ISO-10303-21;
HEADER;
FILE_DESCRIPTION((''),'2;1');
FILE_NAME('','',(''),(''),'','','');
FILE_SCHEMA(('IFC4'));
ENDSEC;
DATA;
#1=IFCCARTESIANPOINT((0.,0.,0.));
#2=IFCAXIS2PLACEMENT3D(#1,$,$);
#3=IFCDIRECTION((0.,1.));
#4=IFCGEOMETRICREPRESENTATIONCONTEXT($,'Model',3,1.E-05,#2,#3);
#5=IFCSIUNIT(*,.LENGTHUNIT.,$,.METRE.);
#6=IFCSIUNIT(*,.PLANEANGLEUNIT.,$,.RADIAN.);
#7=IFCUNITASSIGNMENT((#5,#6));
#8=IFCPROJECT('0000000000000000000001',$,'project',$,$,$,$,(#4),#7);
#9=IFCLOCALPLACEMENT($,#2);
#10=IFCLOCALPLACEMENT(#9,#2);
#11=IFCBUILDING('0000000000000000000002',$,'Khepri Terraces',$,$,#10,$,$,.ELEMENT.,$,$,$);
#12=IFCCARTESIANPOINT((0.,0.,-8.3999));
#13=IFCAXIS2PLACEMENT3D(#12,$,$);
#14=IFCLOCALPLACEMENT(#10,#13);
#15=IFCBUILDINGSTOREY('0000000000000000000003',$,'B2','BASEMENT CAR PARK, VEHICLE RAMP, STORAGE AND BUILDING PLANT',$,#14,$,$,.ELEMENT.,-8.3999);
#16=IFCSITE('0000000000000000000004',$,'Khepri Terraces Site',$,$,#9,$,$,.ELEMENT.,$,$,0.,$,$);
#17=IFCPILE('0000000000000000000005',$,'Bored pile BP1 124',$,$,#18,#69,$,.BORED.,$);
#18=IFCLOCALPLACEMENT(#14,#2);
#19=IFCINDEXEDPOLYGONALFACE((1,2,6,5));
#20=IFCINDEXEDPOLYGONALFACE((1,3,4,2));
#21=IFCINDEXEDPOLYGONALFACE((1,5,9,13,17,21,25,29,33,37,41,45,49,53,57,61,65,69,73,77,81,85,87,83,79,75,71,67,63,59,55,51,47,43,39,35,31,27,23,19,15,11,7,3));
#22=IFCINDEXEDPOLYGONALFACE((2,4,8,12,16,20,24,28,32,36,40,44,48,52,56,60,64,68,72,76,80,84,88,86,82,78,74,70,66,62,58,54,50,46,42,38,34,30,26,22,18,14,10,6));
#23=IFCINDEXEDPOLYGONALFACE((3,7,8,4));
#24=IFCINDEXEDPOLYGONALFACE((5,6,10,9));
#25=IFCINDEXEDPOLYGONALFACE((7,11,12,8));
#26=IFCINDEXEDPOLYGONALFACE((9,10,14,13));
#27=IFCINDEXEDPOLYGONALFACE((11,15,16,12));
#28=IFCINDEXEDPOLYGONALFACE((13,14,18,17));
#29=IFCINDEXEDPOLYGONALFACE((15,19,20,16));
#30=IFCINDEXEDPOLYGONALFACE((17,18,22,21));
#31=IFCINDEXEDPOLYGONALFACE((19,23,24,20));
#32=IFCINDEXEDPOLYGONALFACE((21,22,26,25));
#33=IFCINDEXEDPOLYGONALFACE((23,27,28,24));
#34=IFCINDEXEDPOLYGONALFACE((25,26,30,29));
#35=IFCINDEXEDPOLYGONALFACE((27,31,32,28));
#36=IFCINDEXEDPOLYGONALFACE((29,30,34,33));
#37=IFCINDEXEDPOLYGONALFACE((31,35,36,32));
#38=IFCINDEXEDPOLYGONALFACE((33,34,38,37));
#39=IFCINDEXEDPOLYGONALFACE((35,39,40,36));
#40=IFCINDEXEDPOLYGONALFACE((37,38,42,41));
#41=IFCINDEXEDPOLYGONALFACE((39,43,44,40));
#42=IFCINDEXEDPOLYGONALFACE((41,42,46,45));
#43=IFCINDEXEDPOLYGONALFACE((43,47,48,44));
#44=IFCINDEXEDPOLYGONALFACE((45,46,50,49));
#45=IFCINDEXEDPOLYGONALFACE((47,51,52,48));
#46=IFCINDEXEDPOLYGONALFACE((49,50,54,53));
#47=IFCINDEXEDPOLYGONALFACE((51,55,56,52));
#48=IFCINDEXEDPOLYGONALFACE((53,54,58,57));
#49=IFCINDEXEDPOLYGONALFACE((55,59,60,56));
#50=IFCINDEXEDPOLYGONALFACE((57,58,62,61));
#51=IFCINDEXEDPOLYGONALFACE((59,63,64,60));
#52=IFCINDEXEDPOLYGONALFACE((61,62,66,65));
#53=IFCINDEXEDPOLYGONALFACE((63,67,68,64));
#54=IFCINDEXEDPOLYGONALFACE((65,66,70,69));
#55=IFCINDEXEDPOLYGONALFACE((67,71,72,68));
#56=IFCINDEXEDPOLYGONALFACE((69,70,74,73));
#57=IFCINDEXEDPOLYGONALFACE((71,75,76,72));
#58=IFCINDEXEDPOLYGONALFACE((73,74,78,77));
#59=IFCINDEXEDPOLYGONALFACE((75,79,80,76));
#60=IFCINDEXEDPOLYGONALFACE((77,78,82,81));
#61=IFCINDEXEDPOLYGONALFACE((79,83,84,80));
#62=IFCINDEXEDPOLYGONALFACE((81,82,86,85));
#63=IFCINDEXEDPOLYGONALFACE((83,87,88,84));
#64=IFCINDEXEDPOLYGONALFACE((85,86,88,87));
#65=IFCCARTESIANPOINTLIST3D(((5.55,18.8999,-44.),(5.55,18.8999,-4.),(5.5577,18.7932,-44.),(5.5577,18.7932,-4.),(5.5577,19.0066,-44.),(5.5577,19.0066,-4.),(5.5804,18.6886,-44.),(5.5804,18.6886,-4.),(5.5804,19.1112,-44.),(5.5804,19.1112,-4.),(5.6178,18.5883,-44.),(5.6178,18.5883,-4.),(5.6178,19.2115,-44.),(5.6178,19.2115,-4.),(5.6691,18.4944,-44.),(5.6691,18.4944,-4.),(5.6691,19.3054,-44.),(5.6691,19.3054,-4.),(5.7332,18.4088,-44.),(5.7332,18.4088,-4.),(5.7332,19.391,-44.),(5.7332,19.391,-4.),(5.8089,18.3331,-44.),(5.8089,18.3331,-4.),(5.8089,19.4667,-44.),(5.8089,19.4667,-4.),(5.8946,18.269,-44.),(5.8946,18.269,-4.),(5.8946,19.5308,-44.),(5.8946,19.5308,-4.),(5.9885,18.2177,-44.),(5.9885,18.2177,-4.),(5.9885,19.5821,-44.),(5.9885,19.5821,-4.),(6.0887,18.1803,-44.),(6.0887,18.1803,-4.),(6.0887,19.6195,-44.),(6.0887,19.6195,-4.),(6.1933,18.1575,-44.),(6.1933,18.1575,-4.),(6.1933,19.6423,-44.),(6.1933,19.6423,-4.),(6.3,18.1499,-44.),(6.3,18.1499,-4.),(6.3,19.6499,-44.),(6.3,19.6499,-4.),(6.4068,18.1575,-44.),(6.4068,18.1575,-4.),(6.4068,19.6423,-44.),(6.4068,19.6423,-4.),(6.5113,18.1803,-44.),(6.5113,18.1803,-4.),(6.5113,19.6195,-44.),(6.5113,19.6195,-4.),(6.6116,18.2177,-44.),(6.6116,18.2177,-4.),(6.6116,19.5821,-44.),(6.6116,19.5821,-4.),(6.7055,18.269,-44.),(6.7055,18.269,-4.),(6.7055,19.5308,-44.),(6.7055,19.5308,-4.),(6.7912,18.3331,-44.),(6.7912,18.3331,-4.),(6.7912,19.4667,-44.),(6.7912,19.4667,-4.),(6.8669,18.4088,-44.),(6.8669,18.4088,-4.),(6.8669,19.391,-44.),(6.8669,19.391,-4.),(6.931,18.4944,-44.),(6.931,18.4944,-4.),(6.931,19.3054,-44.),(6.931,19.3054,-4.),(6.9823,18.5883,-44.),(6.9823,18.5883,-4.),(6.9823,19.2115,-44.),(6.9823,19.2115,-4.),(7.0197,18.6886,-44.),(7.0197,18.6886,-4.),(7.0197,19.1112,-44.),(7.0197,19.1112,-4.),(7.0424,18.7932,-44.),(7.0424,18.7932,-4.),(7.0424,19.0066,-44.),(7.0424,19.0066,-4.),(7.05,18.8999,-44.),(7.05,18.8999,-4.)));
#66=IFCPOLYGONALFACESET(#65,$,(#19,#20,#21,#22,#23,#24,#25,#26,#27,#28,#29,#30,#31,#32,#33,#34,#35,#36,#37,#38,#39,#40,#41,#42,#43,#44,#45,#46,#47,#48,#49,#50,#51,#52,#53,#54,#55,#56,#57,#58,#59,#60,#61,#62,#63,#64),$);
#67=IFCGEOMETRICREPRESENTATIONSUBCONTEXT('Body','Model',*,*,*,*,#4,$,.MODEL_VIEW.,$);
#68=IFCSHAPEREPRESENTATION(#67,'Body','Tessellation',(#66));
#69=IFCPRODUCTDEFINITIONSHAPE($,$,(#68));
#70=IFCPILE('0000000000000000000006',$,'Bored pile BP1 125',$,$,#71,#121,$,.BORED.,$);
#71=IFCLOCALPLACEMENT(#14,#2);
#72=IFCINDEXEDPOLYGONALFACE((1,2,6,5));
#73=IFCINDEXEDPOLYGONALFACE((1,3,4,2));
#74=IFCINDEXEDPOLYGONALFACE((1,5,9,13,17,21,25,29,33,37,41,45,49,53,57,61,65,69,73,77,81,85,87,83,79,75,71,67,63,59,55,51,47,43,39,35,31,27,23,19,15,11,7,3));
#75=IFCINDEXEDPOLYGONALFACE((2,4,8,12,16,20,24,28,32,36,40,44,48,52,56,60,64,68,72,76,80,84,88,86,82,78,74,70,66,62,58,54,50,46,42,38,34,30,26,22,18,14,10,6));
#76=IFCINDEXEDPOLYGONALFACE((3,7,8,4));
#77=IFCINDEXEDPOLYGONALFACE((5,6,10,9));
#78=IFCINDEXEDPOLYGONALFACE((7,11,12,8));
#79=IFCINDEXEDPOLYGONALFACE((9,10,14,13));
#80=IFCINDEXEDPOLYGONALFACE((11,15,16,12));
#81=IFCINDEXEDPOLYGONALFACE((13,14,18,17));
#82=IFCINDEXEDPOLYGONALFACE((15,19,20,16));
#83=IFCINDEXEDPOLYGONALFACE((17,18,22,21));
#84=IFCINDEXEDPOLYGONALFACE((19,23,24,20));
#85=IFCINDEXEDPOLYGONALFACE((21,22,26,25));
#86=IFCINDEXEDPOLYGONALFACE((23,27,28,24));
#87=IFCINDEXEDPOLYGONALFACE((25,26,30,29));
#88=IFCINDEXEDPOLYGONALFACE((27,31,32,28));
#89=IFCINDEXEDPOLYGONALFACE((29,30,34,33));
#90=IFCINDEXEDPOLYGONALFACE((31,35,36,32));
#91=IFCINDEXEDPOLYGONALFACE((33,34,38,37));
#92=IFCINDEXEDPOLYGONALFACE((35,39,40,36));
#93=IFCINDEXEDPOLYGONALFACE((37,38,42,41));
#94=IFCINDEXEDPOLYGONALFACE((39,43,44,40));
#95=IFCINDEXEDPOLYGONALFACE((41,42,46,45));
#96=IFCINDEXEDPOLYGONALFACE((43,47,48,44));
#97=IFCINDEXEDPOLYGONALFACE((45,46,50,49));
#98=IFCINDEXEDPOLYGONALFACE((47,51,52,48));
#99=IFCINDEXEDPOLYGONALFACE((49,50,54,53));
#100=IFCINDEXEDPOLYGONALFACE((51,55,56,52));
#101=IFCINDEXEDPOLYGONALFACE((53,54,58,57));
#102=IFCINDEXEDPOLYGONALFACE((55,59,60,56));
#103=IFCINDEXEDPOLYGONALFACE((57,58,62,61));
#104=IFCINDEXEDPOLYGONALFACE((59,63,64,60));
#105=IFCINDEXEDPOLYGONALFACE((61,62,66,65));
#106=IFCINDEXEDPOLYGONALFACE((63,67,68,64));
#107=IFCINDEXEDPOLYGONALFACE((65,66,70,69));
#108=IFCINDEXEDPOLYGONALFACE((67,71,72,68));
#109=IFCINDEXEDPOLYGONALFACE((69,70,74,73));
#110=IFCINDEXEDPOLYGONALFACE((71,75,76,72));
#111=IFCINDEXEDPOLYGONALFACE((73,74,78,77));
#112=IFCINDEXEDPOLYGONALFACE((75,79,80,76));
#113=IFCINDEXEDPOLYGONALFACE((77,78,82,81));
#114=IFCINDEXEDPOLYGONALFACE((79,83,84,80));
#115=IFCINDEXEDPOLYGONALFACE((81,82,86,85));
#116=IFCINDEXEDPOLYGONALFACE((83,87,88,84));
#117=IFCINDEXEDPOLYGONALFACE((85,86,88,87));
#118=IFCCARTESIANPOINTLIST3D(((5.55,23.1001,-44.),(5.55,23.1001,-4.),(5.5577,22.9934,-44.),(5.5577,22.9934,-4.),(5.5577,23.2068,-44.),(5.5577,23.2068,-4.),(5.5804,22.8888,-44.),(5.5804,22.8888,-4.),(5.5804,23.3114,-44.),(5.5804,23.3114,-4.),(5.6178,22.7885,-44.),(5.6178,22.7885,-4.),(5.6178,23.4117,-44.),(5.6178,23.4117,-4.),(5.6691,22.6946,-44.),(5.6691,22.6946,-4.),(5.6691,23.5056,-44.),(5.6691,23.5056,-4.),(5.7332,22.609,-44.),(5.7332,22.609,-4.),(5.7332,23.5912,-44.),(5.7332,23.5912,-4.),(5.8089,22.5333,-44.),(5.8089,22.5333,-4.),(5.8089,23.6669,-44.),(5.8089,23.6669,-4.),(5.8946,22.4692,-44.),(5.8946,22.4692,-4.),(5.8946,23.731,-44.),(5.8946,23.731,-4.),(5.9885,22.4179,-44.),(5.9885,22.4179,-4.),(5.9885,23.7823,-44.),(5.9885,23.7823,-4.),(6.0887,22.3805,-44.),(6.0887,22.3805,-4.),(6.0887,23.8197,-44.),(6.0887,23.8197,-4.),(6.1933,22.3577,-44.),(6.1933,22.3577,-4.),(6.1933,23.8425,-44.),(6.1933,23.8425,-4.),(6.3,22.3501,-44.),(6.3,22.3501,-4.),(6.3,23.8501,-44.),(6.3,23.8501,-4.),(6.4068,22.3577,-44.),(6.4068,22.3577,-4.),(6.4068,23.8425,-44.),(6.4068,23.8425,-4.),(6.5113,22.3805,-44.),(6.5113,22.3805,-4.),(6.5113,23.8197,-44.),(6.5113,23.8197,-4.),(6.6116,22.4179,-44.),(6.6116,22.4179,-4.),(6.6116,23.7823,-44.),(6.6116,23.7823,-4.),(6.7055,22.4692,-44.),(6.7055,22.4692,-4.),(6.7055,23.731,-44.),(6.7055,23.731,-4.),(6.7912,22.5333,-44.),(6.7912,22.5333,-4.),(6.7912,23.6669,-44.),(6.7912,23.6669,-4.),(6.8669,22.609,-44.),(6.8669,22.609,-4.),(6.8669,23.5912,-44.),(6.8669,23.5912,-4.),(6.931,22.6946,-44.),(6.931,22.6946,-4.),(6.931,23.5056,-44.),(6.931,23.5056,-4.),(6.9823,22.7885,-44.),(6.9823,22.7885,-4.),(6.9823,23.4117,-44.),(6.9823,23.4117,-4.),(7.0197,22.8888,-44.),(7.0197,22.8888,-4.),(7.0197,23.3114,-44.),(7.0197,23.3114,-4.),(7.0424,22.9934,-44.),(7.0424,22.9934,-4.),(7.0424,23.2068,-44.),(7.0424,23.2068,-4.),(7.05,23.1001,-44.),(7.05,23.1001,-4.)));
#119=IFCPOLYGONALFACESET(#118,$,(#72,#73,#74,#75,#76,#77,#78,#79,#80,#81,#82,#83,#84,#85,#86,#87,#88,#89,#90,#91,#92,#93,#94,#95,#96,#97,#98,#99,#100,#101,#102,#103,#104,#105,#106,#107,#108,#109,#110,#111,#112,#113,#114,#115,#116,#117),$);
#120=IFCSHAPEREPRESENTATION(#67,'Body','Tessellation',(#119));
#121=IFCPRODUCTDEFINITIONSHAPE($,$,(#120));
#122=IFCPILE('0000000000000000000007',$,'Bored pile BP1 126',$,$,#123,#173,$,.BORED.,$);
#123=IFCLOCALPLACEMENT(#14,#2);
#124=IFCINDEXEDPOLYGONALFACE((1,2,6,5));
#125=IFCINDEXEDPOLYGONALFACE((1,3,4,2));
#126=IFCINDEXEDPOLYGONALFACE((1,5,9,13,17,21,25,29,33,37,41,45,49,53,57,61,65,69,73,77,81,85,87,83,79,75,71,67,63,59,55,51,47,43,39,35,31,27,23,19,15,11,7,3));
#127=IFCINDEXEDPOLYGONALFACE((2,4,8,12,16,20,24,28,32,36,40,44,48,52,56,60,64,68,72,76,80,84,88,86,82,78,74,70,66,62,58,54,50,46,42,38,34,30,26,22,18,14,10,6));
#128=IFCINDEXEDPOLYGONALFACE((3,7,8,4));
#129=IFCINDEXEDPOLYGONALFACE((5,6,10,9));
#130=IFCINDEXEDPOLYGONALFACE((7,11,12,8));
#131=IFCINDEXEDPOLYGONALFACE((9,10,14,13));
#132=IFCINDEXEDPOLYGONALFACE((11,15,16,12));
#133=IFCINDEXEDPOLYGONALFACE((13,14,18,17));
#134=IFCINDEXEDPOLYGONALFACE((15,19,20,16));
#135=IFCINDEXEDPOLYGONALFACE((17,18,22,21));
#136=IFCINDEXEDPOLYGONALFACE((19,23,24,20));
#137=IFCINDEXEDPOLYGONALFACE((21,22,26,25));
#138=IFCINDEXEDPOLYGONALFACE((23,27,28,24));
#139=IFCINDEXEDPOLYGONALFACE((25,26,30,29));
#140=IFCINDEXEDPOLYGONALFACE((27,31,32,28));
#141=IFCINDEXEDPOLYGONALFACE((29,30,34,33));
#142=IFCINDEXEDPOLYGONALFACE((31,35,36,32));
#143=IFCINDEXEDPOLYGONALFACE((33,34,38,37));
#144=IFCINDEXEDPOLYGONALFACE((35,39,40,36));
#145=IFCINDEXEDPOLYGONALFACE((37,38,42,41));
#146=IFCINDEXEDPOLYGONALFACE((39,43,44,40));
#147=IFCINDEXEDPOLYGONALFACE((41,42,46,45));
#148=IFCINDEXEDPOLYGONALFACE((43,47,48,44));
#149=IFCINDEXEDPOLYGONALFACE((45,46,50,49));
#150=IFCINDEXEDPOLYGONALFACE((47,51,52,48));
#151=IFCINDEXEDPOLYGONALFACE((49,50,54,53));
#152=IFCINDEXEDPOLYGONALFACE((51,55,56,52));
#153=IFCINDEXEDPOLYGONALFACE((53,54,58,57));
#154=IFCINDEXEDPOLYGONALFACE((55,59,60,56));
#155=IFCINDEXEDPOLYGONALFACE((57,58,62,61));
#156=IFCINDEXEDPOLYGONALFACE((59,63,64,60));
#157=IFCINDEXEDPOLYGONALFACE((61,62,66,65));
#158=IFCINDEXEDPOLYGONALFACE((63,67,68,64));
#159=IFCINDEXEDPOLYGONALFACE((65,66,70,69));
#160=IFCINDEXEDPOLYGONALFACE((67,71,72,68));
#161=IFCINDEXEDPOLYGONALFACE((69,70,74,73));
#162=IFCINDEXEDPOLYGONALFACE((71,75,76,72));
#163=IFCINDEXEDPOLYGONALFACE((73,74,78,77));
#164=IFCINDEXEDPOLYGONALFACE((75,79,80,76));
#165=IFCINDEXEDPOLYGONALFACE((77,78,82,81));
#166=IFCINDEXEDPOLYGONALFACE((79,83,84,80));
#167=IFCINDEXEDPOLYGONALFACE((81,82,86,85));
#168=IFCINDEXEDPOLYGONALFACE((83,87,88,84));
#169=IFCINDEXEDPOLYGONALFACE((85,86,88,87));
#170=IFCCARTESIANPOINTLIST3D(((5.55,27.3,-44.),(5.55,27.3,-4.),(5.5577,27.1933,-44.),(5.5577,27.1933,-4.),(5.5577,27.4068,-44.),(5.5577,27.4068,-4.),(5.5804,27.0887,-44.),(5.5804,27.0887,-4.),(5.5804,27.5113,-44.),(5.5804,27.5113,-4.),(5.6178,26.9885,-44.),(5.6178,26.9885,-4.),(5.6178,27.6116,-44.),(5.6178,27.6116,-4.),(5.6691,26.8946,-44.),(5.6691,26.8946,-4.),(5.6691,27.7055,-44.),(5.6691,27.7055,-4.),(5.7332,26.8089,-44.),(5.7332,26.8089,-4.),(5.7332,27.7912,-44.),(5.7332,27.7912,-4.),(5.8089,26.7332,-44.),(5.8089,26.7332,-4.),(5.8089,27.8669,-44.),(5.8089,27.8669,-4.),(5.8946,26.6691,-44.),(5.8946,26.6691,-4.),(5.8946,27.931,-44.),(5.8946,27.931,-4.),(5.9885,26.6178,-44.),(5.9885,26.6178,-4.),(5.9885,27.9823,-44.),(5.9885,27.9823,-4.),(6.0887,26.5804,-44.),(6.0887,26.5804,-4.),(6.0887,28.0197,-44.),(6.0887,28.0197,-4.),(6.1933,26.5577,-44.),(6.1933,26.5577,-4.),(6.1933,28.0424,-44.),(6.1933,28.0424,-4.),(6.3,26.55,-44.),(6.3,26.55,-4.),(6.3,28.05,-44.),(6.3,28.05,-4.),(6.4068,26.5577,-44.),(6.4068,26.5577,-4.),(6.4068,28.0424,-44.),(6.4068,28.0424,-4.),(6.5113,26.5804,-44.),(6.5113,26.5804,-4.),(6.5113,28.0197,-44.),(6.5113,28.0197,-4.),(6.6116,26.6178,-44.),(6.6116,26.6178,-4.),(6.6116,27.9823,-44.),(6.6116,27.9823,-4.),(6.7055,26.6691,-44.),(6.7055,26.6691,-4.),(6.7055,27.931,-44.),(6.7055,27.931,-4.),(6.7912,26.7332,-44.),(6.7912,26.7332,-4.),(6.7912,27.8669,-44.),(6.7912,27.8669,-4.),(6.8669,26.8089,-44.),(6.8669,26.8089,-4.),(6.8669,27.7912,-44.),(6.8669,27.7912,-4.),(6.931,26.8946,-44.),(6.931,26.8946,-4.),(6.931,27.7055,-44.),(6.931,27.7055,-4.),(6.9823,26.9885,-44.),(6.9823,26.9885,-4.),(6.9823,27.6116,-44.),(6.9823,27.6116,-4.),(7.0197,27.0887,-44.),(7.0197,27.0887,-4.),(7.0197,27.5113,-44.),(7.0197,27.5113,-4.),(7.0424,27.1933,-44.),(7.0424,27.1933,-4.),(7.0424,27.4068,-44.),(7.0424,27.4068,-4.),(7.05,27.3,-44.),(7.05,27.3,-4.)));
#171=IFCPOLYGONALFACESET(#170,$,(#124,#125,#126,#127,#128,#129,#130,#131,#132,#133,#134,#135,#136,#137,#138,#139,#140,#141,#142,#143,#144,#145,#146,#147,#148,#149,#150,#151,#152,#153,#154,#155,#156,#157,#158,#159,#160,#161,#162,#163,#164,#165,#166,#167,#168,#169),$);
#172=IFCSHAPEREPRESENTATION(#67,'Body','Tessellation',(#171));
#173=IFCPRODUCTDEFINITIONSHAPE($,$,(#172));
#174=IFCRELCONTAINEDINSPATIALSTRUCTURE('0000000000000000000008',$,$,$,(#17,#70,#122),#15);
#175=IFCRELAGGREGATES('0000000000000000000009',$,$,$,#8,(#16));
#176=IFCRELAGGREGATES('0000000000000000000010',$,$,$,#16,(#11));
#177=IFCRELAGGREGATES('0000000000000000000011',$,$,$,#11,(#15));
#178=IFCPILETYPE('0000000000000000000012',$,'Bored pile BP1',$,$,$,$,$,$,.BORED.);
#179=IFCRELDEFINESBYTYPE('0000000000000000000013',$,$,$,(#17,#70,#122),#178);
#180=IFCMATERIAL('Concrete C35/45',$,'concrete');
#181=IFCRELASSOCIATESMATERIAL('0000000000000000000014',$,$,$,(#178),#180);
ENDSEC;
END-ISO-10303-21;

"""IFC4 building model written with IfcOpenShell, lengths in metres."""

from ifc_helpers import new_model, si_unit, direction, frame, origin, origin_2d, place, context, subcontext, project, spatial, circle, extrude, material, material_profile, profile_set, type_object, element, save


model = new_model("IFC4")

# Units and contexts
model_context = context("Model", 3, precision=1e-05, world=origin(), true_north=direction((0.0, 1.0)))
body_context = subcontext(model_context, "Body", "Model", "MODEL_VIEW")
ifc_project = project(units=[si_unit("LENGTHUNIT", "METRE"), si_unit("PLANEANGLEUNIT", "RADIAN")], contexts=[model_context])

# Site, building, storey
site_placement = place(None, origin())
site = spatial("IfcSite", under=ifc_project, at=site_placement, Name="Khepri Terraces Site", CompositionType="ELEMENT", RefElevation=0.0)
building_placement = place(site_placement, origin())
building = spatial("IfcBuilding", under=site, at=building_placement, Name="Khepri Terraces", CompositionType="ELEMENT")
storey_placement = place(building_placement, frame((0.0, 0.0, -8.3999)))
storey = spatial("IfcBuildingStorey", under=building, at=storey_placement, Name="B2", Description="BASEMENT CAR PARK, VEHICLE RAMP, STORAGE AND BUILDING PLANT", CompositionType="ELEMENT", Elevation=-8.3999)

# Piles
ifc_material_1 = material(Name="Concrete C35/45", Category="concrete")
ifc_material_profile_1 = material_profile(ifc_material_1, circle(Radius=0.75, at=origin_2d()), Name="Concrete C35/45", Category="concrete")
ifc_profile_set_1 = profile_set([ifc_material_profile_1], Name="Concrete C35/45")
pile_type = type_object("IfcPileType", Name="Bored pile BP1", PredefinedType="BORED", material=ifc_profile_set_1)
for number, where, z_axis, x_axis, name in (
    (1, (6.3, 18.8999, -4.0), (0.0, 0.0, -1.0), (1.0, 0.0, 0.0), "Bored pile BP1 124"),
    (2, (6.3, 23.1001, -4.0), (0.0, 0.0, -1.0), (1.0, 0.0, 0.0), "Bored pile BP1 125"),
    (3, (6.3, 27.3, -4.0), (0.0, 0.0, -1.0), (1.0, 0.0, 0.0), "Bored pile BP1 126"),
):
    element("IfcPile", number, at=place(storey_placement, frame(where, z_axis=z_axis, x_axis=x_axis)), inside=storey, type_object=pile_type, Name=name, PredefinedType="BORED", context=body_context, shape_type="SweptSolid", body=[
        extrude(circle(Radius=0.75, at=origin_2d()), origin(), (0.0, 0.0, 1.0), 40.0),
    ])

save(model, "model.ifc")
